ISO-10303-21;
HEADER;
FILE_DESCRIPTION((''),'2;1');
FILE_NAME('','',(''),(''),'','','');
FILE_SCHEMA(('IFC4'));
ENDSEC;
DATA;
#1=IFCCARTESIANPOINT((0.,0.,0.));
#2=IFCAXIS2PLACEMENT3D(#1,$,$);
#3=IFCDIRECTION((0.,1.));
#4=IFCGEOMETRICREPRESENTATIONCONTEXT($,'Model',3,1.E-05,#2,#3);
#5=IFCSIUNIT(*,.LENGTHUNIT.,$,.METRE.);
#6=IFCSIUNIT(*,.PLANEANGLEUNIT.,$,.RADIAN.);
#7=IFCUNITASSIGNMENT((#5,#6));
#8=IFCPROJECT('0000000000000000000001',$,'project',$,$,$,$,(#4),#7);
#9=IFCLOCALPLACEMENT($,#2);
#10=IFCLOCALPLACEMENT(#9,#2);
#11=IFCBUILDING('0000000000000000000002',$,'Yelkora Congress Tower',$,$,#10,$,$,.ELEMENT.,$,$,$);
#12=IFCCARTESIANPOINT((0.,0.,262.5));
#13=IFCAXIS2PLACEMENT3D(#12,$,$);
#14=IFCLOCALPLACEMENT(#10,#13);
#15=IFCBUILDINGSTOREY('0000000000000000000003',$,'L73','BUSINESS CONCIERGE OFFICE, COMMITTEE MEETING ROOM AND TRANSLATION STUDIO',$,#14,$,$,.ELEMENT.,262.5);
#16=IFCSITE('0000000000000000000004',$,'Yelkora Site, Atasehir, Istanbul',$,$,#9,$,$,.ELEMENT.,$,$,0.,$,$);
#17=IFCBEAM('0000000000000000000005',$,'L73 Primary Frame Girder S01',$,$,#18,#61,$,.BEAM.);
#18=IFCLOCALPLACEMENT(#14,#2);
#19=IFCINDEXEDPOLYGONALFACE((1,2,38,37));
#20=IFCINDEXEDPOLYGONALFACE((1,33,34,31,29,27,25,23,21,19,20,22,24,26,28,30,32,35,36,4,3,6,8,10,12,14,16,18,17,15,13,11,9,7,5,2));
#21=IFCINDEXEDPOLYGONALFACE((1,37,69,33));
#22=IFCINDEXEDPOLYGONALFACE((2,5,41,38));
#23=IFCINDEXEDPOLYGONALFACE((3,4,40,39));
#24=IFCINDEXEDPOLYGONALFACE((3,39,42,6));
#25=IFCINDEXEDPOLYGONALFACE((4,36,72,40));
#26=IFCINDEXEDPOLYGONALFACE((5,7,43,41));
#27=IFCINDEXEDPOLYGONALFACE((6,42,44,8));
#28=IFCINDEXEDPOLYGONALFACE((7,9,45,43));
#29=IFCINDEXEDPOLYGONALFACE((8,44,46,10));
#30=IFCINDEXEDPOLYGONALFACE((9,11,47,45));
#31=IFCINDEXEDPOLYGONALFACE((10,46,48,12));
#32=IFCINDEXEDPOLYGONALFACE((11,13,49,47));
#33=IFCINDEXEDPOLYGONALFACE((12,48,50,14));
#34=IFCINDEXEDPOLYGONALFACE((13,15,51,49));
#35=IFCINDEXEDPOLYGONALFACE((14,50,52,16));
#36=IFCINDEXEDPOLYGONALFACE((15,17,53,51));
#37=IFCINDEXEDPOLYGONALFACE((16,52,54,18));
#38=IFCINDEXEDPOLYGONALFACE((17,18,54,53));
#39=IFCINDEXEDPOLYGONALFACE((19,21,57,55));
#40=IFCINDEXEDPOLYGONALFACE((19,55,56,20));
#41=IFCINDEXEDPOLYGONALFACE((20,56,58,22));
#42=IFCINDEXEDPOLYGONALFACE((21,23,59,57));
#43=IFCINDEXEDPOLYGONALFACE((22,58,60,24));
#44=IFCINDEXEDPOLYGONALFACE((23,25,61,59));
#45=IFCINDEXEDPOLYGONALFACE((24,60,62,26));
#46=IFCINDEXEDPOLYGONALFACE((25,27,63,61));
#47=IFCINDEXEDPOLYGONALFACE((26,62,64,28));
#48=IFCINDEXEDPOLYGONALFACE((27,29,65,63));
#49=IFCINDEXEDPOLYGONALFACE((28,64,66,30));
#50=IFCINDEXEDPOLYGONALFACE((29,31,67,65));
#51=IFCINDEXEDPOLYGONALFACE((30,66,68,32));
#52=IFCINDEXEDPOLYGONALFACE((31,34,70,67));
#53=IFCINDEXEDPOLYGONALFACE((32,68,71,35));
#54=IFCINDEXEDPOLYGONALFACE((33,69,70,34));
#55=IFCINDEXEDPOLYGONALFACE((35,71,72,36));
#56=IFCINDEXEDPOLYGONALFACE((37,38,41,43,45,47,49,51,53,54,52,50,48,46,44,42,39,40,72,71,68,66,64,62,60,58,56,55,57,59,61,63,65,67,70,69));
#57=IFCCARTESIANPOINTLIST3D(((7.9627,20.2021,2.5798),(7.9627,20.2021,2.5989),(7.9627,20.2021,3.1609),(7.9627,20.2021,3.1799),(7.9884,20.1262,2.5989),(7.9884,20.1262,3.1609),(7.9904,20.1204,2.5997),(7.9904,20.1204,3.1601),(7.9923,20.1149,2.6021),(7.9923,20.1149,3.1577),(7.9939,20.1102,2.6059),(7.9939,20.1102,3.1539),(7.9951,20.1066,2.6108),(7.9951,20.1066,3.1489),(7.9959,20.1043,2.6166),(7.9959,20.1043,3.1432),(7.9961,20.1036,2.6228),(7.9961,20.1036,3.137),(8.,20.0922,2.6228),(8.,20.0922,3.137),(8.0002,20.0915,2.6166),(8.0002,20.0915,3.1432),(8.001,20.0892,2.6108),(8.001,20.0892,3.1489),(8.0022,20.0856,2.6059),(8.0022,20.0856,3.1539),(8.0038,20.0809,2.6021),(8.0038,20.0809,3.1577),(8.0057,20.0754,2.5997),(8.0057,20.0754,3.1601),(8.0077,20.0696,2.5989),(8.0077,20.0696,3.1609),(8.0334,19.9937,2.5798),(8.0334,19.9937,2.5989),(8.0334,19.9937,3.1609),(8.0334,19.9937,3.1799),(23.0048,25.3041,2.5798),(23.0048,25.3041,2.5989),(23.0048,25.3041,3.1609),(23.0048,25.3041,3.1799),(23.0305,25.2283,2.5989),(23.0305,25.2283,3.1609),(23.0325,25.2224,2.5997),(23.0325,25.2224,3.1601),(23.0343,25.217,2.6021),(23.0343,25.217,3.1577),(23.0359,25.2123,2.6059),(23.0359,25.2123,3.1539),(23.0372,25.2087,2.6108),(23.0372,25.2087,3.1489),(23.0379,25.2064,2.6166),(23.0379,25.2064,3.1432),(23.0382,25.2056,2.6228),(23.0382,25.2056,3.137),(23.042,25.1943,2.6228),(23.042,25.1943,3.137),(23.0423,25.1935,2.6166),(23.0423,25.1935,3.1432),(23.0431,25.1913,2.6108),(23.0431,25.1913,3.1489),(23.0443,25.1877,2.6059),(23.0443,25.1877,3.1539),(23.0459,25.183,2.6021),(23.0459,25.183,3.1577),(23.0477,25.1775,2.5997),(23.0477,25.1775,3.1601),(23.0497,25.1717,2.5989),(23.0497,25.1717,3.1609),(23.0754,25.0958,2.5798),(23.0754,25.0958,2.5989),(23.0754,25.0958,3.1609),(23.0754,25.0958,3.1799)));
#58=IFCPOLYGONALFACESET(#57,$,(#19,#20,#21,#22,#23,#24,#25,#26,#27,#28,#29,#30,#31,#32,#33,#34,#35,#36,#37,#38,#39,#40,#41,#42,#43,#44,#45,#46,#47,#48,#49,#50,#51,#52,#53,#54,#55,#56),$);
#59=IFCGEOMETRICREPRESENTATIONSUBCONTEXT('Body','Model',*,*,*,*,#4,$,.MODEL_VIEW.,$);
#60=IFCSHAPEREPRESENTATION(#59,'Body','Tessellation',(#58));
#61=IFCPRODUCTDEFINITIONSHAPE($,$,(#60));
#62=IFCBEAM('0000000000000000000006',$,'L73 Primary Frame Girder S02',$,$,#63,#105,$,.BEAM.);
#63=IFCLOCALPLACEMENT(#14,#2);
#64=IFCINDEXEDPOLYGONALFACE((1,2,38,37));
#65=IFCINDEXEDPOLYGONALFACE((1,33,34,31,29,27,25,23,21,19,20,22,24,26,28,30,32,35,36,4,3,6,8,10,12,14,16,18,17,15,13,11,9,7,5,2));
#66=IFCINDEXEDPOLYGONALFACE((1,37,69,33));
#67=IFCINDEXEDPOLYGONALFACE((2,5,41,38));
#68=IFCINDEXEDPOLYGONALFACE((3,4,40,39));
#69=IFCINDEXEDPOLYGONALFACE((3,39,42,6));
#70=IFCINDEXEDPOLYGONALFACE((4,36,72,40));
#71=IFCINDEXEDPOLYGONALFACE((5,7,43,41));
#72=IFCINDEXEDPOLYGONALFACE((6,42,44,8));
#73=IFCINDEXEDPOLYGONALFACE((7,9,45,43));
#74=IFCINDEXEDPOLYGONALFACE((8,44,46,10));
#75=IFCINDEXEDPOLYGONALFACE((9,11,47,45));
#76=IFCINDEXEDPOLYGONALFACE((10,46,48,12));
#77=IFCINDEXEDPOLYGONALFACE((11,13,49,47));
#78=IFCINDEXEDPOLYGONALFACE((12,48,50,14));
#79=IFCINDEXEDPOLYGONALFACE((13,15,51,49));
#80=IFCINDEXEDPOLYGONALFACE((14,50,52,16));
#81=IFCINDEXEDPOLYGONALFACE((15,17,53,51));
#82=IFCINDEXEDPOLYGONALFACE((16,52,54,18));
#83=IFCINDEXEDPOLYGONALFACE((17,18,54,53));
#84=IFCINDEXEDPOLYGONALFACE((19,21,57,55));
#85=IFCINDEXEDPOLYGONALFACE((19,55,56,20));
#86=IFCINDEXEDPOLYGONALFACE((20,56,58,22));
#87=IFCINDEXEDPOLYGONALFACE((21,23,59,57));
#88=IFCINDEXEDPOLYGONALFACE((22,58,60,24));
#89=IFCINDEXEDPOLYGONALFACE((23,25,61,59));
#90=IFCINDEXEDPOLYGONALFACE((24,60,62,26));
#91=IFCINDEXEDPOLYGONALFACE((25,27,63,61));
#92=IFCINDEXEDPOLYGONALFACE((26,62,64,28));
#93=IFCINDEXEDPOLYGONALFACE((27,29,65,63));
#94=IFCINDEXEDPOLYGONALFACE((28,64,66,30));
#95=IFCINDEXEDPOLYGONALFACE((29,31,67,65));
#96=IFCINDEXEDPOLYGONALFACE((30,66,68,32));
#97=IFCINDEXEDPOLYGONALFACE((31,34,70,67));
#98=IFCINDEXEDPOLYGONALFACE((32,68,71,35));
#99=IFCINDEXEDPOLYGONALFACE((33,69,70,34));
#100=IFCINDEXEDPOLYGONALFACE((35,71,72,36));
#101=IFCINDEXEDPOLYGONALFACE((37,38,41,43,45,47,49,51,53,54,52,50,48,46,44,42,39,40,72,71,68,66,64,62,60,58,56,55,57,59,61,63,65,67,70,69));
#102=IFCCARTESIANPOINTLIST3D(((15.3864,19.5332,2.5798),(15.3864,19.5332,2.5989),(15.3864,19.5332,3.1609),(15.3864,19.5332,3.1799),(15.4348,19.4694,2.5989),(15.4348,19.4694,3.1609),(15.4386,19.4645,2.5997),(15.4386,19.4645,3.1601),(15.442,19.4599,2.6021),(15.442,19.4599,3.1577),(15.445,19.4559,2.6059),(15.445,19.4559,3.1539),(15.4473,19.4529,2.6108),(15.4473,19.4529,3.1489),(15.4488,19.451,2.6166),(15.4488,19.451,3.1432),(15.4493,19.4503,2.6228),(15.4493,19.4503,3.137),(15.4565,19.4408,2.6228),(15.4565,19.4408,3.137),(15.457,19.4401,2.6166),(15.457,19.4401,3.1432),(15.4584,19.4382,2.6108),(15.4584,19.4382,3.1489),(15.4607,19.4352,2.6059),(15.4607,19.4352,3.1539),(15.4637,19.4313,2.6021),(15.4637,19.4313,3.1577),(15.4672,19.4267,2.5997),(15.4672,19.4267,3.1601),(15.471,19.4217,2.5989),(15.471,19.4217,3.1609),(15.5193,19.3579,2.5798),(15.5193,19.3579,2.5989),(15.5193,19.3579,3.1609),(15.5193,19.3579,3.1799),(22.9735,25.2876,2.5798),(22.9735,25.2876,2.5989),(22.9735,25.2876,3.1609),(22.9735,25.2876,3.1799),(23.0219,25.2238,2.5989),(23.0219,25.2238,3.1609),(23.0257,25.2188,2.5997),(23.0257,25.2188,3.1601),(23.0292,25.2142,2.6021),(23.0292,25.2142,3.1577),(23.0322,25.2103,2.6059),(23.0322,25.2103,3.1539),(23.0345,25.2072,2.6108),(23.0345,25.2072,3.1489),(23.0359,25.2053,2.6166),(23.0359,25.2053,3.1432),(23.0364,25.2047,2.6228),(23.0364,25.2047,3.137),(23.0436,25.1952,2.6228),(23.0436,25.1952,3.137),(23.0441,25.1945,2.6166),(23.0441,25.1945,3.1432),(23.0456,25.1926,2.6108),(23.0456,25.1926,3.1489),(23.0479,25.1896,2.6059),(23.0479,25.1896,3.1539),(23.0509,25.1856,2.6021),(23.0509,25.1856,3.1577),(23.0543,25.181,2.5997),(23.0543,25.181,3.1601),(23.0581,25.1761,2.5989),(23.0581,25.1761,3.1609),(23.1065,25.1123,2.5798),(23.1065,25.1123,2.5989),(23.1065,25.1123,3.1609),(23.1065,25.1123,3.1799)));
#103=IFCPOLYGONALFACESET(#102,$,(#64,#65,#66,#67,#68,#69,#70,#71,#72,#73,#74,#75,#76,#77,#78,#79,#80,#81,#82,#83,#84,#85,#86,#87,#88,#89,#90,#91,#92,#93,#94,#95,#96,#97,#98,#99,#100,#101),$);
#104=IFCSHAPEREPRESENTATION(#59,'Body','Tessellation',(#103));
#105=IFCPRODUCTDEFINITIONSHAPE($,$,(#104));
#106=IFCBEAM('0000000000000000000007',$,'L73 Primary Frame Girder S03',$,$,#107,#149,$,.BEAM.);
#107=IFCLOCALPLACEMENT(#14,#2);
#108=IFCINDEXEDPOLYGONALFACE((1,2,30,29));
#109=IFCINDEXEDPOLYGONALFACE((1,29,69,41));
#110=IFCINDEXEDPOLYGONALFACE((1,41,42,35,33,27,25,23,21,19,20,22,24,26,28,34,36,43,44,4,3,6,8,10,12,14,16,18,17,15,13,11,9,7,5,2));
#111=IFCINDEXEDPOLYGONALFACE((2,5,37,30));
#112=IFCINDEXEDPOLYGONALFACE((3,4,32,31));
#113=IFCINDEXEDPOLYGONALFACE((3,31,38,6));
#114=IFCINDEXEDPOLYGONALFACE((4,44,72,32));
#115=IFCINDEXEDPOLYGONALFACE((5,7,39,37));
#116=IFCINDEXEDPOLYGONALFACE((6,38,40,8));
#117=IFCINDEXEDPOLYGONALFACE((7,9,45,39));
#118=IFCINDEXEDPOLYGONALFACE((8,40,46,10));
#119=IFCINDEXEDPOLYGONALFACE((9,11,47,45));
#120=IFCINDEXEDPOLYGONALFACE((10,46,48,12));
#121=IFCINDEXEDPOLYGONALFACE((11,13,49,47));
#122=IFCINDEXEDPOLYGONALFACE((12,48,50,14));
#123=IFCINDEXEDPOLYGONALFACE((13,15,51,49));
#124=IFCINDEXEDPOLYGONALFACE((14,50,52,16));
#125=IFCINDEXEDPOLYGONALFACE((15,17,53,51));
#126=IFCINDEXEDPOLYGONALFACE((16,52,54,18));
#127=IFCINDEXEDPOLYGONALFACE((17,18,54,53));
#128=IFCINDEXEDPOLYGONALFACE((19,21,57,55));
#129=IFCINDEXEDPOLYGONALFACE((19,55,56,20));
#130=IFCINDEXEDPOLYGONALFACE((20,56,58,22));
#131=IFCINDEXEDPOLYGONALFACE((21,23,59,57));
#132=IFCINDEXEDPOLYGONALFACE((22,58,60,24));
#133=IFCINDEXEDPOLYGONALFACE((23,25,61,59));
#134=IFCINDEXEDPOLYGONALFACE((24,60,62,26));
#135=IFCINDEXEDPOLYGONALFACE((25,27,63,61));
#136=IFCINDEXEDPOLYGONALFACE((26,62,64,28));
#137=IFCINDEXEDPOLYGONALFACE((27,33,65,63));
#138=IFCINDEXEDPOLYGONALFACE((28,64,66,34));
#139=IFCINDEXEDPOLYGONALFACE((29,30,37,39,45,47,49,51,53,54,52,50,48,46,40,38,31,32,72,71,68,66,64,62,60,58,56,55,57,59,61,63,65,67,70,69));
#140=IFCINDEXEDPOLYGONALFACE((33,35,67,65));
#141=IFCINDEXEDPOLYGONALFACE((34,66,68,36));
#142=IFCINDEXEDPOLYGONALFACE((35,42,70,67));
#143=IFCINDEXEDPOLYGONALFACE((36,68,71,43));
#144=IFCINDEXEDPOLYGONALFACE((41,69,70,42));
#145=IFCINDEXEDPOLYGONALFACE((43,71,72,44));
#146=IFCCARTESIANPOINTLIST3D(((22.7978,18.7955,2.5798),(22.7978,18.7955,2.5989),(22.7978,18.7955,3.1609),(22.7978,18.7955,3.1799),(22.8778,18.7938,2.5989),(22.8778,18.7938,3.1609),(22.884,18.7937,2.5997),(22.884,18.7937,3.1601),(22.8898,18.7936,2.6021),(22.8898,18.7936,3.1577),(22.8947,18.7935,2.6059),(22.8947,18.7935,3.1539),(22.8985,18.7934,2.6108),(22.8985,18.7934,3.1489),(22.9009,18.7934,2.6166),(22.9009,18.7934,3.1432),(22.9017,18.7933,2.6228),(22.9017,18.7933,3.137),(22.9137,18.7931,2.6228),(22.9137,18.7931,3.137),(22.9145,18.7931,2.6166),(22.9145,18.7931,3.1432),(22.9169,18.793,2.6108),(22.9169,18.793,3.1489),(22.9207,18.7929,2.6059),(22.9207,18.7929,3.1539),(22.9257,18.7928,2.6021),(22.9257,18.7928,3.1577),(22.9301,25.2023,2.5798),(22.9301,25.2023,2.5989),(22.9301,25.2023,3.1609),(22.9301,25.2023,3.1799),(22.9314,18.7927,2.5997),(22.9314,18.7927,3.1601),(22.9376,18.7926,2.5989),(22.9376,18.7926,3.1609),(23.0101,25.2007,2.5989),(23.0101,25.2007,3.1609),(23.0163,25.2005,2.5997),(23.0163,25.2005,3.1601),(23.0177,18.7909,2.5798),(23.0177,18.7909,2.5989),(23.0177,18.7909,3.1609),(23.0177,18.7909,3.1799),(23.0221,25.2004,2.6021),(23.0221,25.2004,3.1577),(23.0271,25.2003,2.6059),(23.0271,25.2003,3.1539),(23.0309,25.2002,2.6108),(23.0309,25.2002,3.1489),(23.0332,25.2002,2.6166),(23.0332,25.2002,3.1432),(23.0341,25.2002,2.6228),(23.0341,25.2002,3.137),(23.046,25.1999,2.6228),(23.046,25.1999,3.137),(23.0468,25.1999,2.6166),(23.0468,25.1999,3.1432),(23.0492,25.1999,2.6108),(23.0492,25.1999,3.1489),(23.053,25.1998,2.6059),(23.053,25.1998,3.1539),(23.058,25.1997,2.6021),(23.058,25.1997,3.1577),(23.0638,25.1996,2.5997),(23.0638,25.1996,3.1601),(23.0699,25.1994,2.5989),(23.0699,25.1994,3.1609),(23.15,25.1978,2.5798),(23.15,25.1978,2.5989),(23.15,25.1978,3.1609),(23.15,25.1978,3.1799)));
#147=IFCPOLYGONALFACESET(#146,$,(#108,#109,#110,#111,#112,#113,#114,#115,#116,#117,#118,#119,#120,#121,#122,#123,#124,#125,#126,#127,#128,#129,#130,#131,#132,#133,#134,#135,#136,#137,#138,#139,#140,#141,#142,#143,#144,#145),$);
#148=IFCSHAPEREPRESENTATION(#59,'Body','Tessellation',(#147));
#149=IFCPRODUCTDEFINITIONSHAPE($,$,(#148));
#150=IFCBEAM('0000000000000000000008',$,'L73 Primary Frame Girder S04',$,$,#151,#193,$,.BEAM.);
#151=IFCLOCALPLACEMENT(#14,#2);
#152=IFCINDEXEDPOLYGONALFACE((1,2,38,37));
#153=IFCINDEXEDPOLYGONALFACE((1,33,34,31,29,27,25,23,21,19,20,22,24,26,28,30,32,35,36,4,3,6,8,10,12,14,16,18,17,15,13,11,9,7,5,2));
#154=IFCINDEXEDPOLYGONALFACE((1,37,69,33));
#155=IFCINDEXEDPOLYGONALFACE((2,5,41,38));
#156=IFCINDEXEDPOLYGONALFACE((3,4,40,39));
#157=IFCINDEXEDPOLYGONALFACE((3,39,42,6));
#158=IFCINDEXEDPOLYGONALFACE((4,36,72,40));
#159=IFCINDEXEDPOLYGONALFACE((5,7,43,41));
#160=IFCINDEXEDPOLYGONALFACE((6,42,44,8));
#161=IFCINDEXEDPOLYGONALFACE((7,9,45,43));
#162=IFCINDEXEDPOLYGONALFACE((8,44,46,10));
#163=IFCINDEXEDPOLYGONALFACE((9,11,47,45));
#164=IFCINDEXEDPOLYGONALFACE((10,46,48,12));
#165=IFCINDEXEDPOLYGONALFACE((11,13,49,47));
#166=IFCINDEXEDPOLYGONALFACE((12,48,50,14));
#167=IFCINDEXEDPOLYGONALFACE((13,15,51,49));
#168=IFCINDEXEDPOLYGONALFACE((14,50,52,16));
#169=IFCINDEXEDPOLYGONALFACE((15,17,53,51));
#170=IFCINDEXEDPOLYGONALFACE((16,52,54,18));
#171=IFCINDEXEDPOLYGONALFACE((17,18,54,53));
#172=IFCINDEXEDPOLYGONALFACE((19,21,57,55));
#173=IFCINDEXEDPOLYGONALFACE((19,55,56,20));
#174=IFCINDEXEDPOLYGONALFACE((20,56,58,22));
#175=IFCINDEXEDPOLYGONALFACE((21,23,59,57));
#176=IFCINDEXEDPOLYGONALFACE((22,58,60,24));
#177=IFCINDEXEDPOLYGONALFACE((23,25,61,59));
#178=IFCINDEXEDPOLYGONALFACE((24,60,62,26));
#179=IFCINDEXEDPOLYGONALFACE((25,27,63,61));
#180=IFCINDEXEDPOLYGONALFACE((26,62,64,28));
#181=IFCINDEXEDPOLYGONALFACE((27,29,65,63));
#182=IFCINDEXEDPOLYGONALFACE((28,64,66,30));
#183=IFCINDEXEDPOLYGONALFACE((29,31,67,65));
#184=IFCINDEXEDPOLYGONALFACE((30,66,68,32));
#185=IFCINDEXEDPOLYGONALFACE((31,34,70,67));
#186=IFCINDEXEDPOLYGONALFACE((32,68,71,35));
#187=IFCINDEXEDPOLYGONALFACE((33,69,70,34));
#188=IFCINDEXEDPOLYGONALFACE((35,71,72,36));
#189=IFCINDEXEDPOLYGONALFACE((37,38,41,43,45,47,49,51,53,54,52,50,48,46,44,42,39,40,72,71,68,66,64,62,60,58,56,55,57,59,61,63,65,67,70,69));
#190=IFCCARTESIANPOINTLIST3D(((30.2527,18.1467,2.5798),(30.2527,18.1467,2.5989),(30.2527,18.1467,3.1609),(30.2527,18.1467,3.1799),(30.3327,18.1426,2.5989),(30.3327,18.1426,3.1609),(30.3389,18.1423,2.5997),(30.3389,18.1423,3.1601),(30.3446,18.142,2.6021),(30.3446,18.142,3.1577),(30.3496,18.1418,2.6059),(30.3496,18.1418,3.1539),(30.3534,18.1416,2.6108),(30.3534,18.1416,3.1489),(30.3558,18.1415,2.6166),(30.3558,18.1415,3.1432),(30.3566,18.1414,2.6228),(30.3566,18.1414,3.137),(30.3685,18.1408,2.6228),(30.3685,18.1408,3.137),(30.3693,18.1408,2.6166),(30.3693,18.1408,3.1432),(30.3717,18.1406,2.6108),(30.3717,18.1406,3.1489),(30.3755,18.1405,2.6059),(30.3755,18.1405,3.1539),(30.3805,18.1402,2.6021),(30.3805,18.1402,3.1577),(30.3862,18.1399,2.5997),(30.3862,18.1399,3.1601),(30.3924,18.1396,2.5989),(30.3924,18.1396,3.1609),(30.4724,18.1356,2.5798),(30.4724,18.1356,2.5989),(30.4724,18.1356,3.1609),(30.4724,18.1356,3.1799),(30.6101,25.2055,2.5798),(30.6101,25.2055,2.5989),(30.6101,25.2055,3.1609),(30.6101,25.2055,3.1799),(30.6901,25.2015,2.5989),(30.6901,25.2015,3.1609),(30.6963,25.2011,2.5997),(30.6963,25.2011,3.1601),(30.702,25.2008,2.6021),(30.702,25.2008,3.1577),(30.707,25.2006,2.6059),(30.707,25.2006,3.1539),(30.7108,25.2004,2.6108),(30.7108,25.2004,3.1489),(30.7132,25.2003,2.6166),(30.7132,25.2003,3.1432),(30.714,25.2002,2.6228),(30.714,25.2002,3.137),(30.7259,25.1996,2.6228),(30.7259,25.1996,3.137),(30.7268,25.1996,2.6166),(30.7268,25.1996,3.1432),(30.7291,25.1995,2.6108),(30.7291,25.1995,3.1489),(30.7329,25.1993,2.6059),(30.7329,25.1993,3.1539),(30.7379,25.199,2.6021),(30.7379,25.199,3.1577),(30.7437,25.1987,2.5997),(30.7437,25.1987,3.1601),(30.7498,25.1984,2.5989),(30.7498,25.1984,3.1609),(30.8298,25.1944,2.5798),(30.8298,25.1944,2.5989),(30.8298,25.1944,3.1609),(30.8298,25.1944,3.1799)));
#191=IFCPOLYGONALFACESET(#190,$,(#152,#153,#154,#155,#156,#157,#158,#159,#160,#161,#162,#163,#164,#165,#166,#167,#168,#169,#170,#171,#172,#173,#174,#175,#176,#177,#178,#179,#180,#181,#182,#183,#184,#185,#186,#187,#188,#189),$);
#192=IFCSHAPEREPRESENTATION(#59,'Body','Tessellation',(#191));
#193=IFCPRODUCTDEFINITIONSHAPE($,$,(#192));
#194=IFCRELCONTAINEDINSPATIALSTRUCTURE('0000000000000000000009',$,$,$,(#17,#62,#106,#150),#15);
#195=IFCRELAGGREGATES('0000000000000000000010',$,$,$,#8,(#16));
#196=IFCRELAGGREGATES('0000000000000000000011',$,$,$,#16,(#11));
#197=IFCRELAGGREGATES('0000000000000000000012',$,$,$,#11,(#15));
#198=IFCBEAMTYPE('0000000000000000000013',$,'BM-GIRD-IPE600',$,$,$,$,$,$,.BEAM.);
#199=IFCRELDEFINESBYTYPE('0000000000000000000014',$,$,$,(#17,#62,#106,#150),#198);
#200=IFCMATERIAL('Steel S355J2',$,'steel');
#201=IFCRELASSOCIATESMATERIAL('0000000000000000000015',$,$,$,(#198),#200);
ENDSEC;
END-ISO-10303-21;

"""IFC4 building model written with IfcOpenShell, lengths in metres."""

from ifc_helpers import new_model, si_unit, direction, frame, origin, origin_2d, place, context, subcontext, project, spatial, i_section, extrude, material, material_profile, profile_set, type_object, element, save


model = new_model("IFC4")

# Units and contexts
model_context = context("Model", 3, precision=1e-05, world=origin(), true_north=direction((0.0, 1.0)))
body_context = subcontext(model_context, "Body", "Model", "MODEL_VIEW")
ifc_project = project(units=[si_unit("LENGTHUNIT", "METRE"), si_unit("PLANEANGLEUNIT", "RADIAN")], contexts=[model_context])

# Site, building, storey
site_placement = place(None, origin())
site = spatial("IfcSite", under=ifc_project, at=site_placement, Name="Yelkora Site, Atasehir, Istanbul", CompositionType="ELEMENT", RefElevation=0.0)
building_placement = place(site_placement, origin())
building = spatial("IfcBuilding", under=site, at=building_placement, Name="Yelkora Congress Tower", CompositionType="ELEMENT")
storey_placement = place(building_placement, frame((0.0, 0.0, 262.5)))
storey = spatial("IfcBuildingStorey", under=building, at=storey_placement, Name="L73", Description="BUSINESS CONCIERGE OFFICE, COMMITTEE MEETING ROOM AND TRANSLATION STUDIO", CompositionType="ELEMENT", Elevation=262.5)

# Shared definitions
ifc_material_1 = material(Name="Steel S355J2", Category="steel")

# Beams
ifc_material_profile_1 = material_profile(ifc_material_1, i_section(OverallWidth=0.22, OverallDepth=0.6001, WebThickness=0.012, FlangeThickness=0.019, FilletRadius=0.0239, at=origin_2d()), Name="IPE 600")
ifc_profile_set_1 = profile_set([ifc_material_profile_1], Name="Steel S355J2")
beam_type_1 = type_object("IfcBeamType", Name="BM-GIRD-IPE600", PredefinedType="BEAM", material=ifc_profile_set_1)
beam_1_placement = place(storey_placement, frame((7.998, 20.0979, 2.8799), z_axis=(0.947007, 0.321213, 0.0), x_axis=(-0.321213, 0.947007, 0.0)))
element("IfcBeam", 1, at=beam_1_placement, inside=storey, type_object=beam_type_1, Name="L73 Primary Frame Girder S01", PredefinedType="BEAM", context=body_context, shape_type="SweptSolid", body=[
    extrude(i_section(OverallWidth=0.22, OverallDepth=0.6001, WebThickness=0.012, FlangeThickness=0.019, FilletRadius=0.0239, at=origin_2d()), origin(), (0.0, 0.0, 1.0), 15.8838),
])
beam_2_placement = place(storey_placement, frame((15.4529, 19.4456, 2.8799), z_axis=(0.796761, 0.604294, 0.0), x_axis=(-0.604294, 0.796761, 0.0)))
element("IfcBeam", 2, at=beam_2_placement, inside=storey, type_object=beam_type_1, Name="L73 Primary Frame Girder S02", PredefinedType="BEAM", context=body_context, shape_type="SweptSolid", body=[
    extrude(i_section(OverallWidth=0.22, OverallDepth=0.6001, WebThickness=0.012, FlangeThickness=0.019, FilletRadius=0.0239, at=origin_2d()), origin(), (0.0, 0.0, 1.0), 9.5225),
])
beam_3_placement = place(storey_placement, frame((22.9077, 18.7932, 2.8799), z_axis=(0.02065, 0.999787, 0.0), x_axis=(-0.999787, 0.02065, 0.0)))
element("IfcBeam", 3, at=beam_3_placement, inside=storey, type_object=beam_type_1, Name="L73 Primary Frame Girder S03", PredefinedType="BEAM", context=body_context, shape_type="SweptSolid", body=[
    extrude(i_section(OverallWidth=0.22, OverallDepth=0.6001, WebThickness=0.012, FlangeThickness=0.019, FilletRadius=0.0239, at=origin_2d()), origin(), (0.0, 0.0, 1.0), 6.4082),
])
beam_4_placement = place(storey_placement, frame((30.3625, 18.1411, 2.8799), z_axis=(0.05057, 0.998721, 0.0), x_axis=(-0.998721, 0.05057, 0.0)))
element("IfcBeam", 4, at=beam_4_placement, inside=storey, type_object=beam_type_1, Name="L73 Primary Frame Girder S04", PredefinedType="BEAM", context=body_context, shape_type="SweptSolid", body=[
    extrude(i_section(OverallWidth=0.22, OverallDepth=0.6001, WebThickness=0.012, FlangeThickness=0.019, FilletRadius=0.0239, at=origin_2d()), origin(), (0.0, 0.0, 1.0), 7.0679),
])

save(model, "model.ifc")
